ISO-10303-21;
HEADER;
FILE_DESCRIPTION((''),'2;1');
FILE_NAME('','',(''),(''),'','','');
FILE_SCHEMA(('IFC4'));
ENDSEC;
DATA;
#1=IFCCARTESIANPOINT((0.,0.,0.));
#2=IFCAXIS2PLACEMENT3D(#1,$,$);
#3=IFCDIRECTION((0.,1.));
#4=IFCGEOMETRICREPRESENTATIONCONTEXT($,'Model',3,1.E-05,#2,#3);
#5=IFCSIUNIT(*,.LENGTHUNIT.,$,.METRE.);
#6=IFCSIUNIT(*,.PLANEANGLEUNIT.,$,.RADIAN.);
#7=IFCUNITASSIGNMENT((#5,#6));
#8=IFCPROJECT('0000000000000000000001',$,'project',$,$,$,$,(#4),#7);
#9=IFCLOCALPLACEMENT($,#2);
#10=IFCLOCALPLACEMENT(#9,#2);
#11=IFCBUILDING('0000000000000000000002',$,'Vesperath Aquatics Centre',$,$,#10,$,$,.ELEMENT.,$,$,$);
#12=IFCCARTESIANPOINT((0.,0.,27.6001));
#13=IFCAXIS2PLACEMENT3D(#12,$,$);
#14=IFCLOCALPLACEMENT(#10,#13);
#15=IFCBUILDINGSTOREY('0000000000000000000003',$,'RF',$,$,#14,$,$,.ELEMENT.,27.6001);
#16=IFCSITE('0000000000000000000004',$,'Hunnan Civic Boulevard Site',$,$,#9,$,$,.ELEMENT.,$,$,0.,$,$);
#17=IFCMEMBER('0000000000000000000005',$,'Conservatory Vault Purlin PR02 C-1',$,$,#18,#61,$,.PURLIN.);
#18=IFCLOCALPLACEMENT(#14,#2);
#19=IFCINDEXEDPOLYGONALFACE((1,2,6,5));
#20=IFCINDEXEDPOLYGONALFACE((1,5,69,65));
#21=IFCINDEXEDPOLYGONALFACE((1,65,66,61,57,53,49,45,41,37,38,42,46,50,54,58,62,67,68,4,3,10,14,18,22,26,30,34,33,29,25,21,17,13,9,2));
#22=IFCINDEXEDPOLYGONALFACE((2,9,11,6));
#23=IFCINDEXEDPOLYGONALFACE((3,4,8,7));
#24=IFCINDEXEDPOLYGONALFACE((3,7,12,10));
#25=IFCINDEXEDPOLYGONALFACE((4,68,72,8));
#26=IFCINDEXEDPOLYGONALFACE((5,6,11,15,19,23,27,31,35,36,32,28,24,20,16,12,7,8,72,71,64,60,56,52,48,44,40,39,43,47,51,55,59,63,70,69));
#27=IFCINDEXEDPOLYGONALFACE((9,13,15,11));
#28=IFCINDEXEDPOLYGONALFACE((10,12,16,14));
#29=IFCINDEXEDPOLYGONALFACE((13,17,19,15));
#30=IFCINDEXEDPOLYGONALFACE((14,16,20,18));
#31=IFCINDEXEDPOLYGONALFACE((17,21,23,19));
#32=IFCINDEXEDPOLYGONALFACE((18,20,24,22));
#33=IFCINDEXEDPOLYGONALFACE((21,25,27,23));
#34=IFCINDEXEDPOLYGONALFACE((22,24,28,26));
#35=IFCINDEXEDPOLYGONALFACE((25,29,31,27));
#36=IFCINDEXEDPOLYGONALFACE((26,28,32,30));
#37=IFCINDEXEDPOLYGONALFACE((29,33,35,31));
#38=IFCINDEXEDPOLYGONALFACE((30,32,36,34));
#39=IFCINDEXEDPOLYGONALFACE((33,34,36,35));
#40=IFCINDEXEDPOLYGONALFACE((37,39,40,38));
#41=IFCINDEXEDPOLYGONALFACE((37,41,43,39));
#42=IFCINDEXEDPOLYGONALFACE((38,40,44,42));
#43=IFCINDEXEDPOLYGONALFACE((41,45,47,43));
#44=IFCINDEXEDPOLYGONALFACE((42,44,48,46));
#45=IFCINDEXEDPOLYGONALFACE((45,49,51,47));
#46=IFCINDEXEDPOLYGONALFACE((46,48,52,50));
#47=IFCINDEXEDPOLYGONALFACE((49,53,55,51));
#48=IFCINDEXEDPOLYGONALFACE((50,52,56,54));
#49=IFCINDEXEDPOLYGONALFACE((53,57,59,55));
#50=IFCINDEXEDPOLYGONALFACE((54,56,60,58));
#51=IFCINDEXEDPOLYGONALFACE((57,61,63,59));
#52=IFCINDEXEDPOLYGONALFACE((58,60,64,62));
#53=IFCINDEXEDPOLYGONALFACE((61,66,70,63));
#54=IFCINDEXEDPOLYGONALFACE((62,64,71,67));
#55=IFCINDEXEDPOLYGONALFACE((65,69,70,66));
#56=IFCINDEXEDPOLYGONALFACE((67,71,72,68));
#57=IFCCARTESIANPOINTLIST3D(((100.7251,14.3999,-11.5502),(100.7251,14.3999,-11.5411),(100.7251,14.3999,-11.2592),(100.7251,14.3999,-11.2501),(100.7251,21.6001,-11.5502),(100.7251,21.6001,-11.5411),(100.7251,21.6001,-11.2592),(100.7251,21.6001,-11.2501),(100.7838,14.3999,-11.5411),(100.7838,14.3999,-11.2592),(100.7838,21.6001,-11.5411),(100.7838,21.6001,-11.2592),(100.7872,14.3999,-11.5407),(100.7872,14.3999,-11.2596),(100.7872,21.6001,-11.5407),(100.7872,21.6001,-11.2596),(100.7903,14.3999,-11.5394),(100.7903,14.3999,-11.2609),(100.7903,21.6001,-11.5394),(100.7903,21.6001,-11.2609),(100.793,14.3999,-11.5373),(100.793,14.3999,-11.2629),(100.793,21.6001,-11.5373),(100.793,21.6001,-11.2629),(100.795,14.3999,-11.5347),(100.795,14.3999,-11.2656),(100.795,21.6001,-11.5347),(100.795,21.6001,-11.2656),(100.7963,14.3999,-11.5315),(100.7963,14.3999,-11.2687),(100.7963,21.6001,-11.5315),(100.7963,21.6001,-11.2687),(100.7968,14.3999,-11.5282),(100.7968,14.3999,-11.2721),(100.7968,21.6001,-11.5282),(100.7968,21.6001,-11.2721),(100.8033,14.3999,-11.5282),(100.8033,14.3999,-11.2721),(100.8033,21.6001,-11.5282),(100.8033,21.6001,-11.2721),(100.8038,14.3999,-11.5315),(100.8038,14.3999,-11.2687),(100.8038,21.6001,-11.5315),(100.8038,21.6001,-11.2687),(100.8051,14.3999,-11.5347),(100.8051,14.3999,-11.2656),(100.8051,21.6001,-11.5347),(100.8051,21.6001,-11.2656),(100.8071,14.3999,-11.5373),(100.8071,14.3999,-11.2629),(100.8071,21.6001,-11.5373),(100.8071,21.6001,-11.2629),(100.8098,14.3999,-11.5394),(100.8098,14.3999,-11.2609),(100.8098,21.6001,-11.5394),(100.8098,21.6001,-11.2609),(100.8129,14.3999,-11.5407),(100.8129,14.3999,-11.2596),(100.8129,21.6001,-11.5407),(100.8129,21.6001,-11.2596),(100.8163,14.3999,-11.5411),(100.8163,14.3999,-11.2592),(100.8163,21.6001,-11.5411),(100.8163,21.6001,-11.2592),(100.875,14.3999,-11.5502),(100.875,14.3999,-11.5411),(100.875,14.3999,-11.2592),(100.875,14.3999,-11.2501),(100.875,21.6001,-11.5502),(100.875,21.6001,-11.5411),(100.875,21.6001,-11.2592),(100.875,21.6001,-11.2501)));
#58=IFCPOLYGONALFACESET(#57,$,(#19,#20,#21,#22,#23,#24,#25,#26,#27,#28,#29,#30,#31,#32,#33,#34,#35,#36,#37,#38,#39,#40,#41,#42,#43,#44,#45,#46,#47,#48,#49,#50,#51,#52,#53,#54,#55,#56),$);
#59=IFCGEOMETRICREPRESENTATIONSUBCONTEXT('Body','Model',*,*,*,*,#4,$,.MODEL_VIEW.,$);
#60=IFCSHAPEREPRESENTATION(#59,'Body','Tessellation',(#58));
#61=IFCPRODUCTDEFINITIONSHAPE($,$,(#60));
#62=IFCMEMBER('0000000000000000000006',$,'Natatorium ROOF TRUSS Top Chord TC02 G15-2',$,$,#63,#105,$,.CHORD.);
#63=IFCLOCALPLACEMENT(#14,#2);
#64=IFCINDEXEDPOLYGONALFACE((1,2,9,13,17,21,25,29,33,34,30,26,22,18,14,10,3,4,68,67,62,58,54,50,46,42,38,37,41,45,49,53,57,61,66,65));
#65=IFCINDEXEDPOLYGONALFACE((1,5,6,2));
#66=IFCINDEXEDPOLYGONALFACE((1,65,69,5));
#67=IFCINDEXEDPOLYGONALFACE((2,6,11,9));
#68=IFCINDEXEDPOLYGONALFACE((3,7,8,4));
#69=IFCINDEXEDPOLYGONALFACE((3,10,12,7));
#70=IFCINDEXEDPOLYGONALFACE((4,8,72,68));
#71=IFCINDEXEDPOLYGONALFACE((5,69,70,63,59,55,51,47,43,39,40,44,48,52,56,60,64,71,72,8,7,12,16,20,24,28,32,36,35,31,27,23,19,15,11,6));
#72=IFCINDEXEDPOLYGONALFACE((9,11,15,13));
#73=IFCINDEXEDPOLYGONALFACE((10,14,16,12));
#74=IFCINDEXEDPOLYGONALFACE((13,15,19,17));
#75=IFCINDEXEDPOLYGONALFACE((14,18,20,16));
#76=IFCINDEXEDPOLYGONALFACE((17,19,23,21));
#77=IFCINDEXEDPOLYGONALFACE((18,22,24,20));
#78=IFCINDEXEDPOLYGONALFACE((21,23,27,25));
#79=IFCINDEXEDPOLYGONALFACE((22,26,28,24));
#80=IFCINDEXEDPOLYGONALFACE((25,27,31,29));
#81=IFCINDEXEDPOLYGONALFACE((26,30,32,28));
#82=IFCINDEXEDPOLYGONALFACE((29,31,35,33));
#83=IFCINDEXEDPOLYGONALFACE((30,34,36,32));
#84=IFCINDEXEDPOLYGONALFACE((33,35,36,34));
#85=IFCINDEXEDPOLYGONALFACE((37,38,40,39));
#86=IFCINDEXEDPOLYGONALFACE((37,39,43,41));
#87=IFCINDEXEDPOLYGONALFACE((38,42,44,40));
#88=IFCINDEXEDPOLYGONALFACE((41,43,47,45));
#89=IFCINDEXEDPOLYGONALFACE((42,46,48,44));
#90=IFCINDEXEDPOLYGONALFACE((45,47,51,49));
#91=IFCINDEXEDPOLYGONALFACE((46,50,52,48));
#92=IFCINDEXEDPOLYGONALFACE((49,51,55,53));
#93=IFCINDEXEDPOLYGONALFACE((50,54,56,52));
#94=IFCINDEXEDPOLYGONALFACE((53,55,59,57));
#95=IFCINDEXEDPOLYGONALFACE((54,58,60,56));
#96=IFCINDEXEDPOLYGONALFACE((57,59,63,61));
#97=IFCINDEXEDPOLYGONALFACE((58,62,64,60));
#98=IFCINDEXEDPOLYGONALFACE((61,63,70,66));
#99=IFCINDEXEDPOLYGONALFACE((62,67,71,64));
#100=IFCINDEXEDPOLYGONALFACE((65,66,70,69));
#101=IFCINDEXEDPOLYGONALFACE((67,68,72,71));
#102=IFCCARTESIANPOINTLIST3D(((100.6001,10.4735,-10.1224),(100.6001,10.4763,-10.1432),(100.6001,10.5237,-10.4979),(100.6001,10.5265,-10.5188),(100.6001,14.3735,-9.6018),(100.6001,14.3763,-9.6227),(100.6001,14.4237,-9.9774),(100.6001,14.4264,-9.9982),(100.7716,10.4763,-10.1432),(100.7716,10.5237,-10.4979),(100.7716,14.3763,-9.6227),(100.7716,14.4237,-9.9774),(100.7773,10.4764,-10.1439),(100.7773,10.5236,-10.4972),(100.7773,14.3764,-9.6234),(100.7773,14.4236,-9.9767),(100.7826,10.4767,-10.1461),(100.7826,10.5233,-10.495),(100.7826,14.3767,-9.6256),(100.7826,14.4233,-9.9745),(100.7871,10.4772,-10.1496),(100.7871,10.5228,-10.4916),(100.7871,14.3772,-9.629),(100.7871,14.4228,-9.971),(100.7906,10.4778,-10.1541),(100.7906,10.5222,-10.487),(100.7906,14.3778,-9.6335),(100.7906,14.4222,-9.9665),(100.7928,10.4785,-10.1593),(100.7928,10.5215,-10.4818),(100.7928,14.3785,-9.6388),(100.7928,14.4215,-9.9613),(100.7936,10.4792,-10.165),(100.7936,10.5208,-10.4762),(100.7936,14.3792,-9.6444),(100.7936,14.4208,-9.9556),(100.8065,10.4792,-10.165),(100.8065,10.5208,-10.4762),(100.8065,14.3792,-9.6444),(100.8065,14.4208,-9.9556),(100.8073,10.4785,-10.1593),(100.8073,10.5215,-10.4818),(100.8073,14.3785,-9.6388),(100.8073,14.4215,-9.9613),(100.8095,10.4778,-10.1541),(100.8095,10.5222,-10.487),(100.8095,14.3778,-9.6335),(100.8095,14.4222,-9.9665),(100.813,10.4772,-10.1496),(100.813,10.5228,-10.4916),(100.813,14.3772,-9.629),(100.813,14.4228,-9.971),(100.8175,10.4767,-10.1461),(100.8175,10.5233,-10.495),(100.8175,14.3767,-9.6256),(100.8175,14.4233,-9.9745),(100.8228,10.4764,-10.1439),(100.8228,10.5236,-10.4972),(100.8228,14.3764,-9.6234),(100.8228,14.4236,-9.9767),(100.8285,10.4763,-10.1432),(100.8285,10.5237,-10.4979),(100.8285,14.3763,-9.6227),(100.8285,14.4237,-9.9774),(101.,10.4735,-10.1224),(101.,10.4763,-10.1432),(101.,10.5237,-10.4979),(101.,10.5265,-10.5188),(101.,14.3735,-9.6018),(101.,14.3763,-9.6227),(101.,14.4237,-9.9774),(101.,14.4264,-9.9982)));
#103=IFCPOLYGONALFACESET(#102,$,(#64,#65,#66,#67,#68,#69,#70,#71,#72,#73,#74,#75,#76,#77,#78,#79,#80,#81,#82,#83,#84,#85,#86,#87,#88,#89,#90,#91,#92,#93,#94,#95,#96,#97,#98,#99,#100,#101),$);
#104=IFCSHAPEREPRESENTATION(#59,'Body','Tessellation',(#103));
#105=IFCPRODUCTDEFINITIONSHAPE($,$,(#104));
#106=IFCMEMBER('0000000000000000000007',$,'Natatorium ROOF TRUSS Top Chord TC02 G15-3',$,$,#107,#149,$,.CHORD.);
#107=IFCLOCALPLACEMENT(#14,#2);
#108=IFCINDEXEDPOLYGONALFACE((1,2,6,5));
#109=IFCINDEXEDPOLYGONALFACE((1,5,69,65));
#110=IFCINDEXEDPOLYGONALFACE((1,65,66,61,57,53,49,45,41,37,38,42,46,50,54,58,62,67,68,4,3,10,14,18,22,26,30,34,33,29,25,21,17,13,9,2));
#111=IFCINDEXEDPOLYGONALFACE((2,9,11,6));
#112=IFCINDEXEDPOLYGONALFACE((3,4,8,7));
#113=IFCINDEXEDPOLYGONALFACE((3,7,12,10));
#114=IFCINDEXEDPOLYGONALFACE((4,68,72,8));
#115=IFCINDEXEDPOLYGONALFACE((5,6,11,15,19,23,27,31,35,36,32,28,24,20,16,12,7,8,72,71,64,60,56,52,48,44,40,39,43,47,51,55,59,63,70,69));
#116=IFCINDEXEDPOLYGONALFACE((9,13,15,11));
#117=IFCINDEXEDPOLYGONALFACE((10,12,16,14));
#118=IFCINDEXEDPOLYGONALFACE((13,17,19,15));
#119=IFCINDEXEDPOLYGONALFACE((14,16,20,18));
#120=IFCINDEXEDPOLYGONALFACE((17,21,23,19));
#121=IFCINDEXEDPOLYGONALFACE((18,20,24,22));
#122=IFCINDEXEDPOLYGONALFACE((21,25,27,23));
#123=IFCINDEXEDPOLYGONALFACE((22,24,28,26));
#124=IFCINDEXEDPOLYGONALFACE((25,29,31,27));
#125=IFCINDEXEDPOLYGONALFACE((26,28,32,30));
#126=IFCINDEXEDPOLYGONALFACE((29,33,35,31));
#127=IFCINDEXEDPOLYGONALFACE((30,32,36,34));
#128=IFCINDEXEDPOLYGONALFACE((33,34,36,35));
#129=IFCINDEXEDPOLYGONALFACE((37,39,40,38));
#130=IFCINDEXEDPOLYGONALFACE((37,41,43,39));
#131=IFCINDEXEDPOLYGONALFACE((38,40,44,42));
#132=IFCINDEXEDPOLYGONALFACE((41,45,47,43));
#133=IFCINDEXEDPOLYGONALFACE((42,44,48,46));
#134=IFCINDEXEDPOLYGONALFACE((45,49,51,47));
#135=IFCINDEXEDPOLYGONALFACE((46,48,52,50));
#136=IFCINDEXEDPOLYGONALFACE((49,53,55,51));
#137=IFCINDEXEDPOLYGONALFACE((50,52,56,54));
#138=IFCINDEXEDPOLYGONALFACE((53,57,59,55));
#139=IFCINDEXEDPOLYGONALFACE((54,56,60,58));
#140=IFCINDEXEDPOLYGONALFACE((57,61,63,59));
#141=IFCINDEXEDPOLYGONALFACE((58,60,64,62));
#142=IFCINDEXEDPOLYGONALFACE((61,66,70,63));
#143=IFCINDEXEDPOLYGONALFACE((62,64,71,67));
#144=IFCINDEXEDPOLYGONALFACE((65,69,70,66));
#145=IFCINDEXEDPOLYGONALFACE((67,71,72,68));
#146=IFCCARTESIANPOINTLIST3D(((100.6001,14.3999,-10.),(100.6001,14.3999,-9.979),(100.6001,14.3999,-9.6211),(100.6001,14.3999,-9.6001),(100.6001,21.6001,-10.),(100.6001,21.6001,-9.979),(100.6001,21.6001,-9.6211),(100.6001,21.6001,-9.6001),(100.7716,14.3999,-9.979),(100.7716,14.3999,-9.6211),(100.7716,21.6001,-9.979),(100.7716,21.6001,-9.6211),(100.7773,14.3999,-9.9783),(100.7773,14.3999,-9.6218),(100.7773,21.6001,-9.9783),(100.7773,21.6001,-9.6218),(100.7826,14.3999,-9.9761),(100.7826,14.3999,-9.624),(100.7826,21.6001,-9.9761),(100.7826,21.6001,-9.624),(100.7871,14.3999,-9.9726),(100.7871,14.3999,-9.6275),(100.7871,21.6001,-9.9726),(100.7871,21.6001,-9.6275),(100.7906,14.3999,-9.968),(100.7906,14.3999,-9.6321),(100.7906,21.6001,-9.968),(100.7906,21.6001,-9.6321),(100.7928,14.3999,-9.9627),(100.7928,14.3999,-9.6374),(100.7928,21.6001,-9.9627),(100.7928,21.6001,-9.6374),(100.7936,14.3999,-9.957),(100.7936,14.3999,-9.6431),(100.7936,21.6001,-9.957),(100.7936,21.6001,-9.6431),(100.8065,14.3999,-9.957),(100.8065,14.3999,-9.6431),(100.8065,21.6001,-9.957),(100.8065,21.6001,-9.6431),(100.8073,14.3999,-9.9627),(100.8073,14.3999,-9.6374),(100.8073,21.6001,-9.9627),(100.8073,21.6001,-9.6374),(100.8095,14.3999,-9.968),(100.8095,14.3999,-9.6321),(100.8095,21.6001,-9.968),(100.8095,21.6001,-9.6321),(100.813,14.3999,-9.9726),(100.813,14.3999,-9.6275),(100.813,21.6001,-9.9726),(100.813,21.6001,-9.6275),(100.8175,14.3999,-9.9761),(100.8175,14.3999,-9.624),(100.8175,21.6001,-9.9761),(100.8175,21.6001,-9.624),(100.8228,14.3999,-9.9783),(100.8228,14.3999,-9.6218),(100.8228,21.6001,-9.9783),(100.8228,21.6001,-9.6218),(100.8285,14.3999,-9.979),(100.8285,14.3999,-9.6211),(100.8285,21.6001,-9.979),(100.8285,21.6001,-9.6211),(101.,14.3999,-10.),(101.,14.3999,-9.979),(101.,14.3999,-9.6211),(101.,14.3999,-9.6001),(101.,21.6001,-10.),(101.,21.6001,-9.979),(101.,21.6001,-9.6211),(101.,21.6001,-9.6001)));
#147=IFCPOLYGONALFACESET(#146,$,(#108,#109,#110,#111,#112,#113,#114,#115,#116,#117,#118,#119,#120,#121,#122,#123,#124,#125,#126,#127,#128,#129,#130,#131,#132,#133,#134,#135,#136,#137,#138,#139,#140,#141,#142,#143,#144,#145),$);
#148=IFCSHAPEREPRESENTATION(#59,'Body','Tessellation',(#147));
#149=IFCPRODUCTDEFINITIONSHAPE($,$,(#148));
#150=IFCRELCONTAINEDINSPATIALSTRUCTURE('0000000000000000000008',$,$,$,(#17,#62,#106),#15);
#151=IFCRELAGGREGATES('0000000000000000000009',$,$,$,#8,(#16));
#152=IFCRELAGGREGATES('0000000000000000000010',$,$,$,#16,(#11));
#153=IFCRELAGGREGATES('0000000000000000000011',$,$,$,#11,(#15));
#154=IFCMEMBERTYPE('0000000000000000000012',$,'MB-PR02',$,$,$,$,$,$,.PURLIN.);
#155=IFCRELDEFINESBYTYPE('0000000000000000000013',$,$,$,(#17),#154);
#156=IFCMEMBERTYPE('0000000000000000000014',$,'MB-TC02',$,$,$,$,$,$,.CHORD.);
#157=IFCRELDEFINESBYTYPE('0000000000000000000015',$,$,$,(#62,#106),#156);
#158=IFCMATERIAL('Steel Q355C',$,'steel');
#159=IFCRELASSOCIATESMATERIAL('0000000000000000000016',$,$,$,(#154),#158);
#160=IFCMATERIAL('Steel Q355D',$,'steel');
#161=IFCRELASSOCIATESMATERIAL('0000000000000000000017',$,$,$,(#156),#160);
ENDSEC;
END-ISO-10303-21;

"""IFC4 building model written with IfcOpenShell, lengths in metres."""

from ifc_helpers import new_model, si_unit, direction, frame, origin, origin_2d, place, context, subcontext, project, spatial, i_section, extrude, material, material_profile, profile_set, type_object, element, save


model = new_model("IFC4")

# Units and contexts
model_context = context("Model", 3, precision=1e-05, world=origin(), true_north=direction((0.0, 1.0)))
body_context = subcontext(model_context, "Body", "Model", "MODEL_VIEW")
ifc_project = project(units=[si_unit("LENGTHUNIT", "METRE"), si_unit("PLANEANGLEUNIT", "RADIAN")], contexts=[model_context])

# Site, building, storey
site_placement = place(None, origin())
site = spatial("IfcSite", under=ifc_project, at=site_placement, Name="Hunnan Civic Boulevard Site", CompositionType="ELEMENT", RefElevation=0.0)
building_placement = place(site_placement, origin())
building = spatial("IfcBuilding", under=site, at=building_placement, Name="Vesperath Aquatics Centre", CompositionType="ELEMENT")
storey_placement = place(building_placement, frame((0.0, 0.0, 27.6001)))
storey = spatial("IfcBuildingStorey", under=building, at=storey_placement, Name="RF", CompositionType="ELEMENT", Elevation=27.6001)

# Shared definitions
ifc_material_1 = material(Name="Steel Q355D", Category="steel")

# Members
ifc_material_2 = material(Name="Steel Q355C", Category="steel")
ifc_material_profile_1 = material_profile(ifc_material_2, i_section(OverallWidth=0.1499, OverallDepth=0.3, WebThickness=0.0066, FlangeThickness=0.009, FilletRadius=0.0129, at=origin_2d()), Name="HN 300x150x6.5x9")
ifc_profile_set_1 = profile_set([ifc_material_profile_1], Name="Steel Q355C")
member_type_1 = type_object("IfcMemberType", Name="MB-PR02", PredefinedType="PURLIN", material=ifc_profile_set_1)
member_1_placement = place(storey_placement, frame((100.8, 14.3999, -11.4001), z_axis=(0.0, 1.0, 0.0), x_axis=(-1.0, 0.0, 0.0)))
element("IfcMember", 1, at=member_1_placement, inside=storey, type_object=member_type_1, Name="Conservatory Vault Purlin PR02 C-1", PredefinedType="PURLIN", context=body_context, shape_type="SweptSolid", body=[
    extrude(i_section(OverallWidth=0.1499, OverallDepth=0.3, WebThickness=0.0066, FlangeThickness=0.009, FilletRadius=0.0129, at=origin_2d()), origin(), (0.0, 0.0, 1.0), 7.2002),
])
ifc_material_profile_2 = material_profile(ifc_material_1, i_section(OverallWidth=0.3999, OverallDepth=0.3999, WebThickness=0.0129, FlangeThickness=0.021, FilletRadius=0.022, at=origin_2d()), Name="HW 400x400x13x21")
ifc_profile_set_2 = profile_set([ifc_material_profile_2], Name="Steel Q355D")
member_type_2 = type_object("IfcMemberType", Name="MB-TC02", PredefinedType="CHORD", material=ifc_profile_set_2)
member_2_placement = place(storey_placement, frame((100.8, 10.5, -10.3206), z_axis=(0.0, 0.991211, 0.132294), x_axis=(-1.0, 0.0, 0.0)))
element("IfcMember", 2, at=member_2_placement, inside=storey, type_object=member_type_2, Name="Natatorium ROOF TRUSS Top Chord TC02 G15-2", PredefinedType="CHORD", context=body_context, shape_type="SweptSolid", body=[
    extrude(i_section(OverallWidth=0.3999, OverallDepth=0.3999, WebThickness=0.0129, FlangeThickness=0.021, FilletRadius=0.022, at=origin_2d()), origin(), (0.0, 0.0, 1.0), 3.9346),
])
member_3_placement = place(storey_placement, frame((100.8, 14.3999, -9.8), z_axis=(0.0, 1.0, 0.0), x_axis=(-1.0, 0.0, 0.0)))
element("IfcMember", 3, at=member_3_placement, inside=storey, type_object=member_type_2, Name="Natatorium ROOF TRUSS Top Chord TC02 G15-3", PredefinedType="CHORD", context=body_context, shape_type="SweptSolid", body=[
    extrude(i_section(OverallWidth=0.3999, OverallDepth=0.3999, WebThickness=0.0129, FlangeThickness=0.021, FilletRadius=0.022, at=origin_2d()), origin(), (0.0, 0.0, 1.0), 7.2002),
])

save(model, "model.ifc")
